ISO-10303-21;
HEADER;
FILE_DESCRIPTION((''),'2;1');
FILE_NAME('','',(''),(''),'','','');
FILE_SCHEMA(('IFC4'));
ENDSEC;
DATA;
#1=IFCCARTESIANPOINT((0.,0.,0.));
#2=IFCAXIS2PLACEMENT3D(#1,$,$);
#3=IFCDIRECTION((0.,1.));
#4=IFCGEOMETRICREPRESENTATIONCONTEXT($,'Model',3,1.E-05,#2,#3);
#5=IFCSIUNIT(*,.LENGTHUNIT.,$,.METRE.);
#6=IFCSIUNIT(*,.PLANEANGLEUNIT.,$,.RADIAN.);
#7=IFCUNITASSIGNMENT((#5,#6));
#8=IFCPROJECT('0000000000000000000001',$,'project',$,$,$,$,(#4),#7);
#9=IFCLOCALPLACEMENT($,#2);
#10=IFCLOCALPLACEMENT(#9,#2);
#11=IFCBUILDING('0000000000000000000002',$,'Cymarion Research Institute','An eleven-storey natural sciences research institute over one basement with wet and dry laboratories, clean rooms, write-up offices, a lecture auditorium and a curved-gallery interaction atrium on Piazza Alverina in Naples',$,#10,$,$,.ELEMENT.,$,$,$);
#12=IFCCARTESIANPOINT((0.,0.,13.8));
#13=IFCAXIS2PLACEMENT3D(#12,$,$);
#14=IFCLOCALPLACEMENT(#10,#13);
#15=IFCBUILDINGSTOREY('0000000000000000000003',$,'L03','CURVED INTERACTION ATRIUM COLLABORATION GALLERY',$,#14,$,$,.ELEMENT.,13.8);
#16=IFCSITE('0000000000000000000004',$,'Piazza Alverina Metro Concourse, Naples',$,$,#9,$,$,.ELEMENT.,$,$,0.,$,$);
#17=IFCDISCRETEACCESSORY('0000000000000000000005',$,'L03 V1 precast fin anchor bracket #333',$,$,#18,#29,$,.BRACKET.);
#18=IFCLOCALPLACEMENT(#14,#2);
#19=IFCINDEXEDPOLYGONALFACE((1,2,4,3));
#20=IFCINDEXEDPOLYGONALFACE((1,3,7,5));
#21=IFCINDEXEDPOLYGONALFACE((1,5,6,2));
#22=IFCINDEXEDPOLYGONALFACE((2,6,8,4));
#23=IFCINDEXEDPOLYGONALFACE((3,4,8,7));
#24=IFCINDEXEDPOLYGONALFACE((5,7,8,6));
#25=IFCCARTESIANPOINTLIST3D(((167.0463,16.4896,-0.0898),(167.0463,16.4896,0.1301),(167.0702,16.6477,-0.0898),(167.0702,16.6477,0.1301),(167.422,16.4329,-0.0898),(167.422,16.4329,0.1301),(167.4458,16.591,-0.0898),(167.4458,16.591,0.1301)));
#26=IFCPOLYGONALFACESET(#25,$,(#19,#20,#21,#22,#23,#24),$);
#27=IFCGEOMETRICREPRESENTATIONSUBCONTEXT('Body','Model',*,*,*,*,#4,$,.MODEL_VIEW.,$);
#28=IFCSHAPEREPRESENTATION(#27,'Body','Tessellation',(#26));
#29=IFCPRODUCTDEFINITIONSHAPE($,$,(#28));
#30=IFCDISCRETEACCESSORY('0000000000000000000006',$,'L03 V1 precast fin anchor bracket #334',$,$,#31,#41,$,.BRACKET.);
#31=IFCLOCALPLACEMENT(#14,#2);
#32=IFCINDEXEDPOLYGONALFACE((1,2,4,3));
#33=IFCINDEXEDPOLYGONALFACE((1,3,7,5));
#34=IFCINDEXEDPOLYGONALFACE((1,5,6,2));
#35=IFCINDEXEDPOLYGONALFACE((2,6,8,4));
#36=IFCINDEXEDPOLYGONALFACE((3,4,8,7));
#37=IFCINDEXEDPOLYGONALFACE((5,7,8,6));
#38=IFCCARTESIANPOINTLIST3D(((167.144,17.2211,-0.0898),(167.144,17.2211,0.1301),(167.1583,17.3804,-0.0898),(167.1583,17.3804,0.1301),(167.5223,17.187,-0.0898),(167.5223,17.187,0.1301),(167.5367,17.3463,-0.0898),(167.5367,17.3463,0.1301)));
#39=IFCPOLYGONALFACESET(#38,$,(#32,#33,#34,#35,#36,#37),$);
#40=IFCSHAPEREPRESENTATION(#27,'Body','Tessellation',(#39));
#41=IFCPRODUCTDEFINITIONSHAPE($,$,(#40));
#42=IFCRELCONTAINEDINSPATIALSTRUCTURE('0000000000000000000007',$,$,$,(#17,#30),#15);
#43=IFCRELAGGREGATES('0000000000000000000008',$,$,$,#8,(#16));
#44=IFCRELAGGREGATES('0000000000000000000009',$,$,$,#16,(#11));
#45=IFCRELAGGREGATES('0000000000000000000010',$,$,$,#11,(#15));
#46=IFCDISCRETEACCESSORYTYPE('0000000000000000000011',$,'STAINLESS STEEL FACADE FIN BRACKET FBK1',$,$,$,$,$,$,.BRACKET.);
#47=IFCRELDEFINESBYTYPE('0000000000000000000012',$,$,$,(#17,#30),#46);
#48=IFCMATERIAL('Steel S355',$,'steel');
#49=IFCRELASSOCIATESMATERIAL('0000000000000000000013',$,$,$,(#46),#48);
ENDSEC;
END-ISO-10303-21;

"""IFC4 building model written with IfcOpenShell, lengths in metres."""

from ifc_helpers import new_model, si_unit, direction, frame, origin, origin_2d, place, context, subcontext, project, spatial, rectangle, extrude, material, type_object, element, save


model = new_model("IFC4")

# Units and contexts
model_context = context("Model", 3, precision=1e-05, world=origin(), true_north=direction((0.0, 1.0)))
body_context = subcontext(model_context, "Body", "Model", "MODEL_VIEW")
ifc_project = project(units=[si_unit("LENGTHUNIT", "METRE"), si_unit("PLANEANGLEUNIT", "RADIAN")], contexts=[model_context])

# Site, building, storey
site_placement = place(None, origin())
site = spatial("IfcSite", under=ifc_project, at=site_placement, Name="Piazza Alverina Metro Concourse, Naples", CompositionType="ELEMENT", RefElevation=0.0)
building_placement = place(site_placement, origin())
building = spatial("IfcBuilding", under=site, at=building_placement, Name="Cymarion Research Institute", Description="An eleven-storey natural sciences research institute over one basement with wet and dry laboratories, clean rooms, write-up offices, a lecture auditorium and a curved-gallery interaction atrium on Piazza Alverina in Naples", CompositionType="ELEMENT")
storey_placement = place(building_placement, frame((0.0, 0.0, 13.8)))
storey = spatial("IfcBuildingStorey", under=building, at=storey_placement, Name="L03", Description="CURVED INTERACTION ATRIUM COLLABORATION GALLERY", CompositionType="ELEMENT", Elevation=13.8)

# Shared definitions
ifc_material_1 = material(Name="Steel S355", Category="steel")

# Discrete accessories
discrete_accessory_type = type_object("IfcDiscreteAccessoryType", Name="STAINLESS STEEL FACADE FIN BRACKET FBK1", PredefinedType="BRACKET", material=ifc_material_1)
for number, where, z_axis, x_axis, name in (
    (1, (167.2461, 16.5403, -0.0898), (0.0, 0.0, 1.0), (0.988782, -0.149363, 0.0), "L03 V1 precast fin anchor bracket #333"),
    (2, (167.3403, 17.2837, -0.0898), (0.0, 0.0, 1.0), (0.995963, -0.089763, 0.0), "L03 V1 precast fin anchor bracket #334"),
):
    element("IfcDiscreteAccessory", number, at=place(storey_placement, frame(where, z_axis=z_axis, x_axis=x_axis)), inside=storey, type_object=discrete_accessory_type, Name=name, PredefinedType="BRACKET", context=body_context, shape_type="SweptSolid", body=[
        extrude(rectangle(XDim=0.3799, YDim=0.1599, at=origin_2d()), origin(), (0.0, 0.0, 1.0), 0.22),
    ])

save(model, "model.ifc")
